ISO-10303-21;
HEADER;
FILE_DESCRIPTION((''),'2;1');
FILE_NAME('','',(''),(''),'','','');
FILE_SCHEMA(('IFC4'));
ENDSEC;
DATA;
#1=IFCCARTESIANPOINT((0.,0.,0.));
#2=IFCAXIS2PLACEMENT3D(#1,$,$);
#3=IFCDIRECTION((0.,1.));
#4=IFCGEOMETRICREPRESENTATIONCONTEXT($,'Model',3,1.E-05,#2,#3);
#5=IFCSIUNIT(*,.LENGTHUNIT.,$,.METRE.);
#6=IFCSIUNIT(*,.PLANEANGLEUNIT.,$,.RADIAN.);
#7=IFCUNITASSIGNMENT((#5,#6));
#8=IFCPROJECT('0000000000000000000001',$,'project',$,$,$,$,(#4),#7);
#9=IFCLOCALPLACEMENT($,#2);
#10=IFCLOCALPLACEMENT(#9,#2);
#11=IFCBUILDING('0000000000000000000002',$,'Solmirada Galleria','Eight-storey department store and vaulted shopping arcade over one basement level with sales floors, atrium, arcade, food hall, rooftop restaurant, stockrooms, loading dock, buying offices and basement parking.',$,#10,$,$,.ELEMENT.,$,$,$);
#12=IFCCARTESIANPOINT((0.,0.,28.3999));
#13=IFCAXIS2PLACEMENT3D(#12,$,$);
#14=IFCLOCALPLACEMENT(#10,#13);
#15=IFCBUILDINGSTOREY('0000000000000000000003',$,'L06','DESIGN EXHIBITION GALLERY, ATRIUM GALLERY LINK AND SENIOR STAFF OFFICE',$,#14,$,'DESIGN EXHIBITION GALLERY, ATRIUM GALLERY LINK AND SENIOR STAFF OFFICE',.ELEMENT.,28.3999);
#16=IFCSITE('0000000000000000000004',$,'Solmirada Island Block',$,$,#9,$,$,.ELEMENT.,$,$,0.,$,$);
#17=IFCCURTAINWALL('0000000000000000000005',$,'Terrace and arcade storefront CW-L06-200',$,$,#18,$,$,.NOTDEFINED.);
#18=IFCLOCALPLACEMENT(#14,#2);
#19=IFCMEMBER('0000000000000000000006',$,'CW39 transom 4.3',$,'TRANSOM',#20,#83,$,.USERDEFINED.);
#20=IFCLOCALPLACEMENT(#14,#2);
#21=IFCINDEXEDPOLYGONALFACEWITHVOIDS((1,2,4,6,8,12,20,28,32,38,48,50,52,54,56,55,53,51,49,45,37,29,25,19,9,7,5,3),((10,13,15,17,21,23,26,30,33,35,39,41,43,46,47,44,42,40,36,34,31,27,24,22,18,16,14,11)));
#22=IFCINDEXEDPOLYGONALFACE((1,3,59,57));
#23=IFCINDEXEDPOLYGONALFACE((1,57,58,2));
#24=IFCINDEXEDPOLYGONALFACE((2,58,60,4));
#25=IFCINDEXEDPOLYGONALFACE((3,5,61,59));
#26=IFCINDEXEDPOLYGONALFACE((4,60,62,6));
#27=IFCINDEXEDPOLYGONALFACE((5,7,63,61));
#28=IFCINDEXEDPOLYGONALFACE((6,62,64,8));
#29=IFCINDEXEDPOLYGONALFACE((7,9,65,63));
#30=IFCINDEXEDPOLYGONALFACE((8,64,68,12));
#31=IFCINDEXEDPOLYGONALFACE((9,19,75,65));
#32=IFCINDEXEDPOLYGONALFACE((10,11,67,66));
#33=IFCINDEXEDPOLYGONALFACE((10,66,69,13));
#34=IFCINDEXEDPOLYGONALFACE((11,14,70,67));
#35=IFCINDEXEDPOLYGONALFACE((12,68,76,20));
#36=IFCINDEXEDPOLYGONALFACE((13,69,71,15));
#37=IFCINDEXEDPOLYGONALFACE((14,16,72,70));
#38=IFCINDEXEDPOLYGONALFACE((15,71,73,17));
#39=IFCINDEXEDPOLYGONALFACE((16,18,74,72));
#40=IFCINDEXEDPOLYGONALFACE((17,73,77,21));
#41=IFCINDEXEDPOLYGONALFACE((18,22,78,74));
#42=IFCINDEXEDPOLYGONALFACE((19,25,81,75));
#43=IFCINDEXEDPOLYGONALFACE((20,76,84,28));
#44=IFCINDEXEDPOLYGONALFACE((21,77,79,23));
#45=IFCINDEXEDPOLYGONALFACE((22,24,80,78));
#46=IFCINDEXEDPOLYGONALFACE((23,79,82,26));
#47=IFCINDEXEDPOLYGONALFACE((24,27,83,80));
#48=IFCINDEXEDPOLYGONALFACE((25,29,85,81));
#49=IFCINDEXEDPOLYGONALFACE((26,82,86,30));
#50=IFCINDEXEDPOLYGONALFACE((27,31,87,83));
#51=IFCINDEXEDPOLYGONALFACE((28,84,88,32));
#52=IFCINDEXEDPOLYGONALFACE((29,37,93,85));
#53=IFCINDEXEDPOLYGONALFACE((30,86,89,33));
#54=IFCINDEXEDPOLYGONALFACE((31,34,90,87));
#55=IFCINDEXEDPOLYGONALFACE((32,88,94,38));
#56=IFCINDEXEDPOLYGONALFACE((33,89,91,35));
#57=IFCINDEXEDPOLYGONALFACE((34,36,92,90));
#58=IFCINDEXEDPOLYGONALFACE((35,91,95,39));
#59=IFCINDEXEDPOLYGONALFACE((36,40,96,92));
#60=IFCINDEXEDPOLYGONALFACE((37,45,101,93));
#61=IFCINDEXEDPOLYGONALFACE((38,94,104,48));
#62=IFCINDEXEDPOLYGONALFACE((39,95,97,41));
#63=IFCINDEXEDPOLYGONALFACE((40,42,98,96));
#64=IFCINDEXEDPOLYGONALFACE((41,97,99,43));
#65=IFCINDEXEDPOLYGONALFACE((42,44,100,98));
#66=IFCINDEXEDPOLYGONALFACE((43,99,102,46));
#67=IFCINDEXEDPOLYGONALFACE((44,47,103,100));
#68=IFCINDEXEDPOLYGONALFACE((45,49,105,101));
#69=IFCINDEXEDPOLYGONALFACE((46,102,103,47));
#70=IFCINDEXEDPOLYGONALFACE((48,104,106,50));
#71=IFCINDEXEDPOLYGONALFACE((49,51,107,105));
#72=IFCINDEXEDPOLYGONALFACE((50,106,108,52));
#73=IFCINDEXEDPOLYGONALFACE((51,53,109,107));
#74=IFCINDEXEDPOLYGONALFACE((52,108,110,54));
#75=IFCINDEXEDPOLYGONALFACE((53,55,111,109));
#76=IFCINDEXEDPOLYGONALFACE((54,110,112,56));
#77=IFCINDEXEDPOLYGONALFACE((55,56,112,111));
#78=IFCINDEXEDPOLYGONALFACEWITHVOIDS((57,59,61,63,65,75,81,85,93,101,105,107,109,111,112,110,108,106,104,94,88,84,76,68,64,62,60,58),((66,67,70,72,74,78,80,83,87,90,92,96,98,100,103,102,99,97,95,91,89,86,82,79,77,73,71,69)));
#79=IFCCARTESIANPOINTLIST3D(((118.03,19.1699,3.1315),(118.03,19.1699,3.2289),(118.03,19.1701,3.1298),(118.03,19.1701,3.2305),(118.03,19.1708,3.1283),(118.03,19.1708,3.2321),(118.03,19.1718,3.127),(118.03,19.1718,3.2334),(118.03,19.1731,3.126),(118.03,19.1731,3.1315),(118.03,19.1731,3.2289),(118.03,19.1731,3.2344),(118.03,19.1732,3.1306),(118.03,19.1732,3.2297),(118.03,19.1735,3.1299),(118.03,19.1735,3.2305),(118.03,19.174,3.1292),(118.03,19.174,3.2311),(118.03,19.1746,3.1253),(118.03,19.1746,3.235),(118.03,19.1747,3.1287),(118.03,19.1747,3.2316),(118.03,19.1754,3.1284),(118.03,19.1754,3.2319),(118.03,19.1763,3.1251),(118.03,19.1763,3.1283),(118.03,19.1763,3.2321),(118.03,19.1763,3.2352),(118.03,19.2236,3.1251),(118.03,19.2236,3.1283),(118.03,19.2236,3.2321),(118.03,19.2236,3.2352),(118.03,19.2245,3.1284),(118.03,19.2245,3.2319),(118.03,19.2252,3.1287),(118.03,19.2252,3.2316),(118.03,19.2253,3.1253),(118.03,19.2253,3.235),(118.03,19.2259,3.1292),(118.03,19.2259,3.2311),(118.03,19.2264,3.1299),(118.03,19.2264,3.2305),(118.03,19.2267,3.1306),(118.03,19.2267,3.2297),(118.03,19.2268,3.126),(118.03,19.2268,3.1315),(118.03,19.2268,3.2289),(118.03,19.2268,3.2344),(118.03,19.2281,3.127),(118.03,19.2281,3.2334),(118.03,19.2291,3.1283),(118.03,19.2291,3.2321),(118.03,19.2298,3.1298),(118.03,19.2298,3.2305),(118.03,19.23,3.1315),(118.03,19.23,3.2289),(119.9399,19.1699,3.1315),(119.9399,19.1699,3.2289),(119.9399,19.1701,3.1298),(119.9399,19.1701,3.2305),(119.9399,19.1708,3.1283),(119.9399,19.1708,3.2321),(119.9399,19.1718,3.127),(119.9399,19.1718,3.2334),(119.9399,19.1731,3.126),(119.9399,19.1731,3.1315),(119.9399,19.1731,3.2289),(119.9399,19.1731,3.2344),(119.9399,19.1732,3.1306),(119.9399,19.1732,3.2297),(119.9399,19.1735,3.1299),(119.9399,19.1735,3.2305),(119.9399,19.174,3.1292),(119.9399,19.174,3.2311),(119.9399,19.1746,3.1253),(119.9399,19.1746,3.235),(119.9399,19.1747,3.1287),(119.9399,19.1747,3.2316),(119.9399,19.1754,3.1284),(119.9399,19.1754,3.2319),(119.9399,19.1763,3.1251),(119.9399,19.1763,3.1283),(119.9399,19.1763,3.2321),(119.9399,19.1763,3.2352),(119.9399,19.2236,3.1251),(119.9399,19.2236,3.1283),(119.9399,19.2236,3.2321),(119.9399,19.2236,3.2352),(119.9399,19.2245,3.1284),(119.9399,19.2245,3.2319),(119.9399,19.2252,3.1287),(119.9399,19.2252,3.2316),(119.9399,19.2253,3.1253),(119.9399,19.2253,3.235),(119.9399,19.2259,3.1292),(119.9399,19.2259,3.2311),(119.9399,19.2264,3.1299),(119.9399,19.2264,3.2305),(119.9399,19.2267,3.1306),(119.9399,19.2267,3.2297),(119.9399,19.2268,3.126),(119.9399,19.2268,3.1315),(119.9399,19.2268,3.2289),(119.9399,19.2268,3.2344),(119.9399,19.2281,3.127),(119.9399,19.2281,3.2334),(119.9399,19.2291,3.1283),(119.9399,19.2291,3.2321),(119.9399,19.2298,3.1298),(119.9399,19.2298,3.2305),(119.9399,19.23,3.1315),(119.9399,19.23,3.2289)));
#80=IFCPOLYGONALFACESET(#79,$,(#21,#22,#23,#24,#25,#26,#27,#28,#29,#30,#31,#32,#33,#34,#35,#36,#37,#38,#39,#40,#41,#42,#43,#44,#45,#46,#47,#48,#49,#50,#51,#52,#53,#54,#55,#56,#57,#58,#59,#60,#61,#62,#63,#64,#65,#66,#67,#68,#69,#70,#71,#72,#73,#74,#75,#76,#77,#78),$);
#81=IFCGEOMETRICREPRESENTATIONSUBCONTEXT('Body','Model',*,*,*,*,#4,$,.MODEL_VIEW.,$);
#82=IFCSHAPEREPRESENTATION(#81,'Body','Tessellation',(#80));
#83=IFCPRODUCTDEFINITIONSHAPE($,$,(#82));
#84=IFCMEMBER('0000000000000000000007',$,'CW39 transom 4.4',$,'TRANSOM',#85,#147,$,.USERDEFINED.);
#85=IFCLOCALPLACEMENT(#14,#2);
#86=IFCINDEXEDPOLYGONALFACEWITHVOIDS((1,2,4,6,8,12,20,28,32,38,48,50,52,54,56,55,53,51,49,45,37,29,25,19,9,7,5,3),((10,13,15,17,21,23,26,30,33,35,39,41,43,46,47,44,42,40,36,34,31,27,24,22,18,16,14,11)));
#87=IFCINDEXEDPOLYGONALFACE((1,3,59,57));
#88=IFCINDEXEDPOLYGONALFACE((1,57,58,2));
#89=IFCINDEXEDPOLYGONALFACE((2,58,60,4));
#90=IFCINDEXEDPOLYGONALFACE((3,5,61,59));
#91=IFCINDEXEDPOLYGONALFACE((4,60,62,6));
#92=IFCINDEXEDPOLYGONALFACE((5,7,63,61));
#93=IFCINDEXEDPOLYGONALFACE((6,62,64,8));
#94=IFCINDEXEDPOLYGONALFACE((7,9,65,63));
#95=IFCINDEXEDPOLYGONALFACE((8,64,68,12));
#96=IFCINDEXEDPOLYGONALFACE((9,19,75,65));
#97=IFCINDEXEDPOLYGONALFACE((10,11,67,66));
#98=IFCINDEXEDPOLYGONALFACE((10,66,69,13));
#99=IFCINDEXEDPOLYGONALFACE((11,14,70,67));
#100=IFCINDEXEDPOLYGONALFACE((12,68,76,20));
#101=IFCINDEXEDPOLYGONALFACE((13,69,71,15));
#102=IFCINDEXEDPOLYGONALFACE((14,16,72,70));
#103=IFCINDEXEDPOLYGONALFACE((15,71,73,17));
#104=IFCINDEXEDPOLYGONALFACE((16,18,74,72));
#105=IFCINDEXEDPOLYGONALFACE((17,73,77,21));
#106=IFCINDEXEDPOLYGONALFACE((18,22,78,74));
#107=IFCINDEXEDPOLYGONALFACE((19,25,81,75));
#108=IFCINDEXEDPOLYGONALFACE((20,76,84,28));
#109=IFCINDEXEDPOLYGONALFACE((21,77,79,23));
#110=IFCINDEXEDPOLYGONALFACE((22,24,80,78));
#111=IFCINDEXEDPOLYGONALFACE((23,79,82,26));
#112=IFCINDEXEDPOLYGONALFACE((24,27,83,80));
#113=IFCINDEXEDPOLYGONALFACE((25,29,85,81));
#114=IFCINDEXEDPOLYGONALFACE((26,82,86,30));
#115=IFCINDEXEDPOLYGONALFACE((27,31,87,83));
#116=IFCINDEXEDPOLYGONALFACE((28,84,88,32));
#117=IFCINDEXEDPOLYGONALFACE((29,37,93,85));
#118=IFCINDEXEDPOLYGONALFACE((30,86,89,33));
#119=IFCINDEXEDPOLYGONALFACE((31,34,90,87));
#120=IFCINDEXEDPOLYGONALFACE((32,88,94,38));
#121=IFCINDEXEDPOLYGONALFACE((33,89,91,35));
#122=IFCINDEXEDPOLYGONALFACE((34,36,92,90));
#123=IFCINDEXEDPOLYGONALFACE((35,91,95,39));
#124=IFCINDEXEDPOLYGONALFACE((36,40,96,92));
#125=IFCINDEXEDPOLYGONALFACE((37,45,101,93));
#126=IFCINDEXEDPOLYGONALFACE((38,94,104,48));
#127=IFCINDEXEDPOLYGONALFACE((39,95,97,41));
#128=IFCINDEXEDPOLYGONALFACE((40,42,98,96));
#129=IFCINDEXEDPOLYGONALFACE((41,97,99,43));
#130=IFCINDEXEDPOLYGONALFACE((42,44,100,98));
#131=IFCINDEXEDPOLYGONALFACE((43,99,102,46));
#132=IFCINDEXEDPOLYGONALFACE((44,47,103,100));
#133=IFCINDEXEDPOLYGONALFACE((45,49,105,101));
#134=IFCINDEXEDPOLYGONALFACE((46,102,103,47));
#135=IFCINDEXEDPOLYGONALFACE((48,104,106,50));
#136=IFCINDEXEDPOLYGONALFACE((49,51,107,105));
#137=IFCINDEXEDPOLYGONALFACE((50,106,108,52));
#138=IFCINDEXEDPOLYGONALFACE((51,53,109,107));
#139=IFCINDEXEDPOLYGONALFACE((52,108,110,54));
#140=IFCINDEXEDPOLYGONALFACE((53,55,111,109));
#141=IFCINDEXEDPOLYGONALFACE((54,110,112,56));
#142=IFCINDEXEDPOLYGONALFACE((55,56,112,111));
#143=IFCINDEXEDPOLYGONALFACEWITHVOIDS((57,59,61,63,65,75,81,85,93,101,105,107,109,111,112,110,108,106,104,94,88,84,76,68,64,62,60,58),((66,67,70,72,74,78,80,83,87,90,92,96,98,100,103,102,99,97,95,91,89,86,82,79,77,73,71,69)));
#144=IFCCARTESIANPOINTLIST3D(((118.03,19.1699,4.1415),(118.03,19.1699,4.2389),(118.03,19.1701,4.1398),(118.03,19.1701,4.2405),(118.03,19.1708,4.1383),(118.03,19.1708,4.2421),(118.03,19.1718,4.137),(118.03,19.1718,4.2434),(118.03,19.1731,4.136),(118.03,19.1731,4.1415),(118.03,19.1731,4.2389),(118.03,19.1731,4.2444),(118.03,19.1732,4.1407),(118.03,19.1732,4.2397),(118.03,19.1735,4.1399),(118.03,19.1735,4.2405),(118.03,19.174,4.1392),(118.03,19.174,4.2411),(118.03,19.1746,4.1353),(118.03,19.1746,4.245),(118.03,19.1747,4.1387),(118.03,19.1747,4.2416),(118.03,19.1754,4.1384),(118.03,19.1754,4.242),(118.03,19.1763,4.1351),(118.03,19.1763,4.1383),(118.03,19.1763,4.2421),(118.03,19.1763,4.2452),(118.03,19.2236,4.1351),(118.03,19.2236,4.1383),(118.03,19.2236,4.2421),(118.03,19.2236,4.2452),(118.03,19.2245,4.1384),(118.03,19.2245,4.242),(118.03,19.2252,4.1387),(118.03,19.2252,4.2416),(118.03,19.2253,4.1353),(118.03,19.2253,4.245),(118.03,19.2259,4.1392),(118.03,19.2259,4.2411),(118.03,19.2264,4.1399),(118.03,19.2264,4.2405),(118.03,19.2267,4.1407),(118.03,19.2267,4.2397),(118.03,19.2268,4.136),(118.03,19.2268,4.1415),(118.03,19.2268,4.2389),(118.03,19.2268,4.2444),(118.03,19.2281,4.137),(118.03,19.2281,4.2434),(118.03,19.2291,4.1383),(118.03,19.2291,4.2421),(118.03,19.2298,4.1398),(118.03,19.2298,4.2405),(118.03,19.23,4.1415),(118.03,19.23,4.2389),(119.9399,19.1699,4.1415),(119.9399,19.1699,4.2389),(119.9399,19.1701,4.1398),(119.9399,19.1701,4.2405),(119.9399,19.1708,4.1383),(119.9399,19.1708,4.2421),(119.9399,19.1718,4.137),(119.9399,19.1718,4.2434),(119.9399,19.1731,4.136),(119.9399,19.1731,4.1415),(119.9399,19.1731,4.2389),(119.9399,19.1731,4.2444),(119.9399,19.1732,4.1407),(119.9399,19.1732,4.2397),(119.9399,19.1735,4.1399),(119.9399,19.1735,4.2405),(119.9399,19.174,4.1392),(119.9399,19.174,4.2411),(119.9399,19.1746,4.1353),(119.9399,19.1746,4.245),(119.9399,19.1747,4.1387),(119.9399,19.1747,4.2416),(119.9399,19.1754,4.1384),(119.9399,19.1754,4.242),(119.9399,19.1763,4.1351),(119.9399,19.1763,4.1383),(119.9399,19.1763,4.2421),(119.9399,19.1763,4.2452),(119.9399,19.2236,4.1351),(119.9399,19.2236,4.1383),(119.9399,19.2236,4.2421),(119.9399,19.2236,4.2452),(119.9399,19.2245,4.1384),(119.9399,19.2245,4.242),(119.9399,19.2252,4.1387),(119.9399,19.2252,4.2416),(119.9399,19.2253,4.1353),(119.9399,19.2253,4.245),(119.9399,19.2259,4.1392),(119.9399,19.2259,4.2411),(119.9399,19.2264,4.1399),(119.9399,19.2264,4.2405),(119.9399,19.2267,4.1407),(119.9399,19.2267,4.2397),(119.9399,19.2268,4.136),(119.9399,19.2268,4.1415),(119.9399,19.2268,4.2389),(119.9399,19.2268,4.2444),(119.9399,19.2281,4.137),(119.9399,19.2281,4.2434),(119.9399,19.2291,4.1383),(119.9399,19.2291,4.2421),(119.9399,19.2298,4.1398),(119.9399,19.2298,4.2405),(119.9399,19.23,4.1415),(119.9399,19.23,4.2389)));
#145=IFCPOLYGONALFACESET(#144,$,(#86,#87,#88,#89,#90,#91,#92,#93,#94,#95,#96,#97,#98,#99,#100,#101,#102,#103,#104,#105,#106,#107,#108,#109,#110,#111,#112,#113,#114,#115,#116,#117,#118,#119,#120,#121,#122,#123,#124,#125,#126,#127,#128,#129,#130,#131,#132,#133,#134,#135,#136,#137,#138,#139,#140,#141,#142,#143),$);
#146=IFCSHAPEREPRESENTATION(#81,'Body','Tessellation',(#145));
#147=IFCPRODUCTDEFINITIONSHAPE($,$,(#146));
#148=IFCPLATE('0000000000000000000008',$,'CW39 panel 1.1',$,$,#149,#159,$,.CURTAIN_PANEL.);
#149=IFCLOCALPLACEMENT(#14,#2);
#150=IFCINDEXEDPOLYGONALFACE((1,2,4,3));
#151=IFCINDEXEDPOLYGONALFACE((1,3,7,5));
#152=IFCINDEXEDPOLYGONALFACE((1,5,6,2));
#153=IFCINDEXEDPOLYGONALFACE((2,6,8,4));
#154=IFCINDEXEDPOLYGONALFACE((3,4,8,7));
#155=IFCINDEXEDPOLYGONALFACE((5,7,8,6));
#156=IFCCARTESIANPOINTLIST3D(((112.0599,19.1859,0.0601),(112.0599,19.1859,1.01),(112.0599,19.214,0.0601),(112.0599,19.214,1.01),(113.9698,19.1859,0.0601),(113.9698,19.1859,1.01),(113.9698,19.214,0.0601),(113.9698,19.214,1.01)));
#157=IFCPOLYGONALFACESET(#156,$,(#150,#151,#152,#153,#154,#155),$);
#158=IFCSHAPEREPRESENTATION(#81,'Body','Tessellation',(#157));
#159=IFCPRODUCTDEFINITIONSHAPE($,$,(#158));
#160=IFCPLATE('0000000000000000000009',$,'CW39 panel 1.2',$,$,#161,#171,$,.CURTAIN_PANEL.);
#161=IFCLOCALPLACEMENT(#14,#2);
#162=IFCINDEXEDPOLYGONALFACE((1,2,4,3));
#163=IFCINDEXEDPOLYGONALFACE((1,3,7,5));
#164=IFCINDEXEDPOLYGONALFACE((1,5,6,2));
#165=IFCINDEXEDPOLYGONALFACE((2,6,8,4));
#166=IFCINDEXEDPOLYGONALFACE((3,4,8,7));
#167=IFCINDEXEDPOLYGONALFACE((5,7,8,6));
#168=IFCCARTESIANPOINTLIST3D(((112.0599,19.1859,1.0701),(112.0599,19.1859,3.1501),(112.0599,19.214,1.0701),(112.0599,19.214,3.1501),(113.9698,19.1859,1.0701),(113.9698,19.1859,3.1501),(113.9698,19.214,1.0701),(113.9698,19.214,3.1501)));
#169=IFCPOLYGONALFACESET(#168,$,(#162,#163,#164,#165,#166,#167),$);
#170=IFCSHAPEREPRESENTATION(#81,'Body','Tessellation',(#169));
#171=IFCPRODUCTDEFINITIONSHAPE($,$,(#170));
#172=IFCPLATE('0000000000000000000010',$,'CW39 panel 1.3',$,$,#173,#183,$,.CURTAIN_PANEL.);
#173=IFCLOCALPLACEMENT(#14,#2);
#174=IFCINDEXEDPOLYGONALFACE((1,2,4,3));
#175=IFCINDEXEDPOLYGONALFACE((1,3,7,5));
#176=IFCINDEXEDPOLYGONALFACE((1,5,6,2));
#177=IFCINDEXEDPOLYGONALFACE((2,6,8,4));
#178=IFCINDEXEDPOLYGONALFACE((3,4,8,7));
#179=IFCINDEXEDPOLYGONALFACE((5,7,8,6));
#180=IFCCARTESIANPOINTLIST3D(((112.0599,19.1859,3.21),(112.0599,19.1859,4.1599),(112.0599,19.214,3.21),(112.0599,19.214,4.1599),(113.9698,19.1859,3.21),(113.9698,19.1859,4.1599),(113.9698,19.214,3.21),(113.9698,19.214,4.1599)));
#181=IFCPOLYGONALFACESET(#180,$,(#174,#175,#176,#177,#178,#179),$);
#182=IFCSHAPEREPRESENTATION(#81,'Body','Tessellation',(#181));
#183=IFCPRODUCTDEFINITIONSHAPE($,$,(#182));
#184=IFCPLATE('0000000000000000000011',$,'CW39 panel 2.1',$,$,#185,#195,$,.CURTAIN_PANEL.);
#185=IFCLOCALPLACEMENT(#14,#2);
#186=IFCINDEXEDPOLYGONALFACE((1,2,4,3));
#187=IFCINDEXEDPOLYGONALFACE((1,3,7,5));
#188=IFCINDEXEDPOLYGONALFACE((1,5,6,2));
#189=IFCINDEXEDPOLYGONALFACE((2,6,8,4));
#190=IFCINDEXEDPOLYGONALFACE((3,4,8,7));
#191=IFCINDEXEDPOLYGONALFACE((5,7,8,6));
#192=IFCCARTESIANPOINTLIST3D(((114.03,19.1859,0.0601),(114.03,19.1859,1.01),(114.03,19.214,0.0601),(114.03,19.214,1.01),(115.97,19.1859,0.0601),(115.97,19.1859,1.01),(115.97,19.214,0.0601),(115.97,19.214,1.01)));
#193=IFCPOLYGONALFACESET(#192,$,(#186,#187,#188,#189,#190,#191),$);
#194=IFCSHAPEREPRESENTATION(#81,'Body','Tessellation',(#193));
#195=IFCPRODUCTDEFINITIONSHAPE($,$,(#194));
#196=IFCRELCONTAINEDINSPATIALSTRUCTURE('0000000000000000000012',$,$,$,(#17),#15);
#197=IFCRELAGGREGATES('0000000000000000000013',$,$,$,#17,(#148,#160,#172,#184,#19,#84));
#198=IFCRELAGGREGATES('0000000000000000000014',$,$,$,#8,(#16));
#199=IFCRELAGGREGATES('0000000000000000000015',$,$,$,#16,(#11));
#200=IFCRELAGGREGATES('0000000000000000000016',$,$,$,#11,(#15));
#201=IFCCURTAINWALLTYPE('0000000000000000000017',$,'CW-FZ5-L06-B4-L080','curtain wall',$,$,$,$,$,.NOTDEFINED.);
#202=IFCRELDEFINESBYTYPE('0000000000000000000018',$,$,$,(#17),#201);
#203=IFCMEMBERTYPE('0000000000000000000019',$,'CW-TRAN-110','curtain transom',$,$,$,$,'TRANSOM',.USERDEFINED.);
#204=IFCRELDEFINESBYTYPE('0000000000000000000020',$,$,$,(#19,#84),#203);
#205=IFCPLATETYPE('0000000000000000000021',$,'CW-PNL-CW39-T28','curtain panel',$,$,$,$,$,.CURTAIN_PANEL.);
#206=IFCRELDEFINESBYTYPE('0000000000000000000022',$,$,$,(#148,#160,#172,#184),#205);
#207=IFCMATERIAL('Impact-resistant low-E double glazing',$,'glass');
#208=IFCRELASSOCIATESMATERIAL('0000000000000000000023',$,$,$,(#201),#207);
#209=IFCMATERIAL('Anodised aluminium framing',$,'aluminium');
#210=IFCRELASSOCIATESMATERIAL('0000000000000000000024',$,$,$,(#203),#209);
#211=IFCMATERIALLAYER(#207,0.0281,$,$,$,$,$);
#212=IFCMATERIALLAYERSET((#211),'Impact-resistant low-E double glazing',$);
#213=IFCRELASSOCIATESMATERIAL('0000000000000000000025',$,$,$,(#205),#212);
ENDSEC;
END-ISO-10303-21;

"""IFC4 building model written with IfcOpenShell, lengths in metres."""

from ifc_helpers import new_model, si_unit, direction, frame, origin, origin_2d, place, context, subcontext, project, spatial, rectangle, hollow_rectangle, extrude, material, layer, layer_set, material_profile, profile_set, type_object, element, aggregate, save


model = new_model("IFC4")

# Units and contexts
model_context = context("Model", 3, precision=1e-05, world=origin(), true_north=direction((0.0, 1.0)))
body_context = subcontext(model_context, "Body", "Model", "MODEL_VIEW")
ifc_project = project(units=[si_unit("LENGTHUNIT", "METRE"), si_unit("PLANEANGLEUNIT", "RADIAN")], contexts=[model_context])

# Site, building, storey
site_placement = place(None, origin())
site = spatial("IfcSite", under=ifc_project, at=site_placement, Name="Solmirada Island Block", CompositionType="ELEMENT", RefElevation=0.0)
building_placement = place(site_placement, origin())
building = spatial("IfcBuilding", under=site, at=building_placement, Name="Solmirada Galleria", Description="Eight-storey department store and vaulted shopping arcade over one basement level with sales floors, atrium, arcade, food hall, rooftop restaurant, stockrooms, loading dock, buying offices and basement parking.", CompositionType="ELEMENT")
storey_placement = place(building_placement, frame((0.0, 0.0, 28.3999)))
storey = spatial("IfcBuildingStorey", under=building, at=storey_placement, Name="L06", Description="DESIGN EXHIBITION GALLERY, ATRIUM GALLERY LINK AND SENIOR STAFF OFFICE", LongName="DESIGN EXHIBITION GALLERY, ATRIUM GALLERY LINK AND SENIOR STAFF OFFICE", CompositionType="ELEMENT", Elevation=28.3999)

# Curtain wall, members, plates
ifc_material_1 = material(Name="Impact-resistant low-E double glazing", Category="glass")
curtain_wall_type = type_object("IfcCurtainWallType", Name="CW-FZ5-L06-B4-L080", Description="curtain wall", PredefinedType="NOTDEFINED", material=ifc_material_1)
curtain_wall_placement = place(storey_placement, origin())
curtain_wall = element("IfcCurtainWall", 1, at=curtain_wall_placement, inside=storey, type_object=curtain_wall_type, Name="Terrace and arcade storefront CW-L06-200", PredefinedType="NOTDEFINED")
ifc_material_2 = material(Name="Anodised aluminium framing", Category="aluminium")
ifc_material_profile_1 = material_profile(ifc_material_2, hollow_rectangle(XDim=0.0601, YDim=0.1101, WallThickness=0.0032, InnerFilletRadius=0.0032, OuterFilletRadius=0.0063, at=origin_2d()), Name="ALU-TRAN-110X60")
ifc_profile_set_1 = profile_set([ifc_material_profile_1], Name="Anodised aluminium framing")
member_type_1 = type_object("IfcMemberType", Name="CW-TRAN-110", Description="curtain transom", ElementType="TRANSOM", PredefinedType="USERDEFINED", material=ifc_profile_set_1)
member_1_placement = place(storey_placement, frame((118.03, 19.2, 3.1802), z_axis=(1.0, 0.0, 0.0), x_axis=(0.0, 1.0, 0.0)))
member_1 = element("IfcMember", 2, at=member_1_placement, type_object=member_type_1, Name="CW39 transom 4.3", ObjectType="TRANSOM", PredefinedType="USERDEFINED", context=body_context, shape_type="SweptSolid", body=[
    extrude(hollow_rectangle(XDim=0.0601, YDim=0.1101, WallThickness=0.0032, InnerFilletRadius=0.0032, OuterFilletRadius=0.0063, at=origin_2d()), origin(), (0.0, 0.0, 1.0), 1.9099),
])
member_2_placement = place(storey_placement, frame((118.03, 19.2, 4.1902), z_axis=(1.0, 0.0, 0.0), x_axis=(0.0, 1.0, 0.0)))
member_2 = element("IfcMember", 3, at=member_2_placement, type_object=member_type_1, Name="CW39 transom 4.4", ObjectType="TRANSOM", PredefinedType="USERDEFINED", context=body_context, shape_type="SweptSolid", body=[
    extrude(hollow_rectangle(XDim=0.0601, YDim=0.1101, WallThickness=0.0032, InnerFilletRadius=0.0032, OuterFilletRadius=0.0063, at=origin_2d()), origin(), (0.0, 0.0, 1.0), 1.9099),
])
ifc_layer = layer(ifc_material_1, 0.0281)
ifc_layer_set = layer_set([ifc_layer], Name="Impact-resistant low-E double glazing")
plate_type = type_object("IfcPlateType", Name="CW-PNL-CW39-T28", Description="curtain panel", PredefinedType="CURTAIN_PANEL", material=ifc_layer_set)
plate_1_placement = place(storey_placement, frame((113.0149, 19.2, 0.0601), z_axis=(0.0, 0.0, 1.0), x_axis=(1.0, 0.0, 0.0)))
plate_1 = element("IfcPlate", 4, at=plate_1_placement, type_object=plate_type, Name="CW39 panel 1.1", PredefinedType="CURTAIN_PANEL", context=body_context, shape_type="SweptSolid", body=[
    extrude(rectangle(XDim=1.9099, YDim=0.0281, at=origin_2d()), origin(), (0.0, 0.0, 1.0), 0.95),
])
plate_2_placement = place(storey_placement, frame((113.0149, 19.2, 1.0701), z_axis=(0.0, 0.0, 1.0), x_axis=(1.0, 0.0, 0.0)))
plate_2 = element("IfcPlate", 5, at=plate_2_placement, type_object=plate_type, Name="CW39 panel 1.2", PredefinedType="CURTAIN_PANEL", context=body_context, shape_type="SweptSolid", body=[
    extrude(rectangle(XDim=1.9099, YDim=0.0281, at=origin_2d()), origin(), (0.0, 0.0, 1.0), 2.0801),
])
plate_3_placement = place(storey_placement, frame((113.0149, 19.2, 3.21), z_axis=(0.0, 0.0, 1.0), x_axis=(1.0, 0.0, 0.0)))
plate_3 = element("IfcPlate", 6, at=plate_3_placement, type_object=plate_type, Name="CW39 panel 1.3", PredefinedType="CURTAIN_PANEL", context=body_context, shape_type="SweptSolid", body=[
    extrude(rectangle(XDim=1.9099, YDim=0.0281, at=origin_2d()), origin(), (0.0, 0.0, 1.0), 0.95),
])
plate_4_placement = place(storey_placement, frame((115.0, 19.2, 0.0601), z_axis=(0.0, 0.0, 1.0), x_axis=(1.0, 0.0, 0.0)))
plate_4 = element("IfcPlate", 7, at=plate_4_placement, type_object=plate_type, Name="CW39 panel 2.1", PredefinedType="CURTAIN_PANEL", context=body_context, shape_type="SweptSolid", body=[
    extrude(rectangle(XDim=1.9399, YDim=0.0281, at=origin_2d()), origin(), (0.0, 0.0, 1.0), 0.95),
])
aggregate(curtain_wall, [plate_1, plate_2, plate_3, plate_4, member_1, member_2])

save(model, "model.ifc")
